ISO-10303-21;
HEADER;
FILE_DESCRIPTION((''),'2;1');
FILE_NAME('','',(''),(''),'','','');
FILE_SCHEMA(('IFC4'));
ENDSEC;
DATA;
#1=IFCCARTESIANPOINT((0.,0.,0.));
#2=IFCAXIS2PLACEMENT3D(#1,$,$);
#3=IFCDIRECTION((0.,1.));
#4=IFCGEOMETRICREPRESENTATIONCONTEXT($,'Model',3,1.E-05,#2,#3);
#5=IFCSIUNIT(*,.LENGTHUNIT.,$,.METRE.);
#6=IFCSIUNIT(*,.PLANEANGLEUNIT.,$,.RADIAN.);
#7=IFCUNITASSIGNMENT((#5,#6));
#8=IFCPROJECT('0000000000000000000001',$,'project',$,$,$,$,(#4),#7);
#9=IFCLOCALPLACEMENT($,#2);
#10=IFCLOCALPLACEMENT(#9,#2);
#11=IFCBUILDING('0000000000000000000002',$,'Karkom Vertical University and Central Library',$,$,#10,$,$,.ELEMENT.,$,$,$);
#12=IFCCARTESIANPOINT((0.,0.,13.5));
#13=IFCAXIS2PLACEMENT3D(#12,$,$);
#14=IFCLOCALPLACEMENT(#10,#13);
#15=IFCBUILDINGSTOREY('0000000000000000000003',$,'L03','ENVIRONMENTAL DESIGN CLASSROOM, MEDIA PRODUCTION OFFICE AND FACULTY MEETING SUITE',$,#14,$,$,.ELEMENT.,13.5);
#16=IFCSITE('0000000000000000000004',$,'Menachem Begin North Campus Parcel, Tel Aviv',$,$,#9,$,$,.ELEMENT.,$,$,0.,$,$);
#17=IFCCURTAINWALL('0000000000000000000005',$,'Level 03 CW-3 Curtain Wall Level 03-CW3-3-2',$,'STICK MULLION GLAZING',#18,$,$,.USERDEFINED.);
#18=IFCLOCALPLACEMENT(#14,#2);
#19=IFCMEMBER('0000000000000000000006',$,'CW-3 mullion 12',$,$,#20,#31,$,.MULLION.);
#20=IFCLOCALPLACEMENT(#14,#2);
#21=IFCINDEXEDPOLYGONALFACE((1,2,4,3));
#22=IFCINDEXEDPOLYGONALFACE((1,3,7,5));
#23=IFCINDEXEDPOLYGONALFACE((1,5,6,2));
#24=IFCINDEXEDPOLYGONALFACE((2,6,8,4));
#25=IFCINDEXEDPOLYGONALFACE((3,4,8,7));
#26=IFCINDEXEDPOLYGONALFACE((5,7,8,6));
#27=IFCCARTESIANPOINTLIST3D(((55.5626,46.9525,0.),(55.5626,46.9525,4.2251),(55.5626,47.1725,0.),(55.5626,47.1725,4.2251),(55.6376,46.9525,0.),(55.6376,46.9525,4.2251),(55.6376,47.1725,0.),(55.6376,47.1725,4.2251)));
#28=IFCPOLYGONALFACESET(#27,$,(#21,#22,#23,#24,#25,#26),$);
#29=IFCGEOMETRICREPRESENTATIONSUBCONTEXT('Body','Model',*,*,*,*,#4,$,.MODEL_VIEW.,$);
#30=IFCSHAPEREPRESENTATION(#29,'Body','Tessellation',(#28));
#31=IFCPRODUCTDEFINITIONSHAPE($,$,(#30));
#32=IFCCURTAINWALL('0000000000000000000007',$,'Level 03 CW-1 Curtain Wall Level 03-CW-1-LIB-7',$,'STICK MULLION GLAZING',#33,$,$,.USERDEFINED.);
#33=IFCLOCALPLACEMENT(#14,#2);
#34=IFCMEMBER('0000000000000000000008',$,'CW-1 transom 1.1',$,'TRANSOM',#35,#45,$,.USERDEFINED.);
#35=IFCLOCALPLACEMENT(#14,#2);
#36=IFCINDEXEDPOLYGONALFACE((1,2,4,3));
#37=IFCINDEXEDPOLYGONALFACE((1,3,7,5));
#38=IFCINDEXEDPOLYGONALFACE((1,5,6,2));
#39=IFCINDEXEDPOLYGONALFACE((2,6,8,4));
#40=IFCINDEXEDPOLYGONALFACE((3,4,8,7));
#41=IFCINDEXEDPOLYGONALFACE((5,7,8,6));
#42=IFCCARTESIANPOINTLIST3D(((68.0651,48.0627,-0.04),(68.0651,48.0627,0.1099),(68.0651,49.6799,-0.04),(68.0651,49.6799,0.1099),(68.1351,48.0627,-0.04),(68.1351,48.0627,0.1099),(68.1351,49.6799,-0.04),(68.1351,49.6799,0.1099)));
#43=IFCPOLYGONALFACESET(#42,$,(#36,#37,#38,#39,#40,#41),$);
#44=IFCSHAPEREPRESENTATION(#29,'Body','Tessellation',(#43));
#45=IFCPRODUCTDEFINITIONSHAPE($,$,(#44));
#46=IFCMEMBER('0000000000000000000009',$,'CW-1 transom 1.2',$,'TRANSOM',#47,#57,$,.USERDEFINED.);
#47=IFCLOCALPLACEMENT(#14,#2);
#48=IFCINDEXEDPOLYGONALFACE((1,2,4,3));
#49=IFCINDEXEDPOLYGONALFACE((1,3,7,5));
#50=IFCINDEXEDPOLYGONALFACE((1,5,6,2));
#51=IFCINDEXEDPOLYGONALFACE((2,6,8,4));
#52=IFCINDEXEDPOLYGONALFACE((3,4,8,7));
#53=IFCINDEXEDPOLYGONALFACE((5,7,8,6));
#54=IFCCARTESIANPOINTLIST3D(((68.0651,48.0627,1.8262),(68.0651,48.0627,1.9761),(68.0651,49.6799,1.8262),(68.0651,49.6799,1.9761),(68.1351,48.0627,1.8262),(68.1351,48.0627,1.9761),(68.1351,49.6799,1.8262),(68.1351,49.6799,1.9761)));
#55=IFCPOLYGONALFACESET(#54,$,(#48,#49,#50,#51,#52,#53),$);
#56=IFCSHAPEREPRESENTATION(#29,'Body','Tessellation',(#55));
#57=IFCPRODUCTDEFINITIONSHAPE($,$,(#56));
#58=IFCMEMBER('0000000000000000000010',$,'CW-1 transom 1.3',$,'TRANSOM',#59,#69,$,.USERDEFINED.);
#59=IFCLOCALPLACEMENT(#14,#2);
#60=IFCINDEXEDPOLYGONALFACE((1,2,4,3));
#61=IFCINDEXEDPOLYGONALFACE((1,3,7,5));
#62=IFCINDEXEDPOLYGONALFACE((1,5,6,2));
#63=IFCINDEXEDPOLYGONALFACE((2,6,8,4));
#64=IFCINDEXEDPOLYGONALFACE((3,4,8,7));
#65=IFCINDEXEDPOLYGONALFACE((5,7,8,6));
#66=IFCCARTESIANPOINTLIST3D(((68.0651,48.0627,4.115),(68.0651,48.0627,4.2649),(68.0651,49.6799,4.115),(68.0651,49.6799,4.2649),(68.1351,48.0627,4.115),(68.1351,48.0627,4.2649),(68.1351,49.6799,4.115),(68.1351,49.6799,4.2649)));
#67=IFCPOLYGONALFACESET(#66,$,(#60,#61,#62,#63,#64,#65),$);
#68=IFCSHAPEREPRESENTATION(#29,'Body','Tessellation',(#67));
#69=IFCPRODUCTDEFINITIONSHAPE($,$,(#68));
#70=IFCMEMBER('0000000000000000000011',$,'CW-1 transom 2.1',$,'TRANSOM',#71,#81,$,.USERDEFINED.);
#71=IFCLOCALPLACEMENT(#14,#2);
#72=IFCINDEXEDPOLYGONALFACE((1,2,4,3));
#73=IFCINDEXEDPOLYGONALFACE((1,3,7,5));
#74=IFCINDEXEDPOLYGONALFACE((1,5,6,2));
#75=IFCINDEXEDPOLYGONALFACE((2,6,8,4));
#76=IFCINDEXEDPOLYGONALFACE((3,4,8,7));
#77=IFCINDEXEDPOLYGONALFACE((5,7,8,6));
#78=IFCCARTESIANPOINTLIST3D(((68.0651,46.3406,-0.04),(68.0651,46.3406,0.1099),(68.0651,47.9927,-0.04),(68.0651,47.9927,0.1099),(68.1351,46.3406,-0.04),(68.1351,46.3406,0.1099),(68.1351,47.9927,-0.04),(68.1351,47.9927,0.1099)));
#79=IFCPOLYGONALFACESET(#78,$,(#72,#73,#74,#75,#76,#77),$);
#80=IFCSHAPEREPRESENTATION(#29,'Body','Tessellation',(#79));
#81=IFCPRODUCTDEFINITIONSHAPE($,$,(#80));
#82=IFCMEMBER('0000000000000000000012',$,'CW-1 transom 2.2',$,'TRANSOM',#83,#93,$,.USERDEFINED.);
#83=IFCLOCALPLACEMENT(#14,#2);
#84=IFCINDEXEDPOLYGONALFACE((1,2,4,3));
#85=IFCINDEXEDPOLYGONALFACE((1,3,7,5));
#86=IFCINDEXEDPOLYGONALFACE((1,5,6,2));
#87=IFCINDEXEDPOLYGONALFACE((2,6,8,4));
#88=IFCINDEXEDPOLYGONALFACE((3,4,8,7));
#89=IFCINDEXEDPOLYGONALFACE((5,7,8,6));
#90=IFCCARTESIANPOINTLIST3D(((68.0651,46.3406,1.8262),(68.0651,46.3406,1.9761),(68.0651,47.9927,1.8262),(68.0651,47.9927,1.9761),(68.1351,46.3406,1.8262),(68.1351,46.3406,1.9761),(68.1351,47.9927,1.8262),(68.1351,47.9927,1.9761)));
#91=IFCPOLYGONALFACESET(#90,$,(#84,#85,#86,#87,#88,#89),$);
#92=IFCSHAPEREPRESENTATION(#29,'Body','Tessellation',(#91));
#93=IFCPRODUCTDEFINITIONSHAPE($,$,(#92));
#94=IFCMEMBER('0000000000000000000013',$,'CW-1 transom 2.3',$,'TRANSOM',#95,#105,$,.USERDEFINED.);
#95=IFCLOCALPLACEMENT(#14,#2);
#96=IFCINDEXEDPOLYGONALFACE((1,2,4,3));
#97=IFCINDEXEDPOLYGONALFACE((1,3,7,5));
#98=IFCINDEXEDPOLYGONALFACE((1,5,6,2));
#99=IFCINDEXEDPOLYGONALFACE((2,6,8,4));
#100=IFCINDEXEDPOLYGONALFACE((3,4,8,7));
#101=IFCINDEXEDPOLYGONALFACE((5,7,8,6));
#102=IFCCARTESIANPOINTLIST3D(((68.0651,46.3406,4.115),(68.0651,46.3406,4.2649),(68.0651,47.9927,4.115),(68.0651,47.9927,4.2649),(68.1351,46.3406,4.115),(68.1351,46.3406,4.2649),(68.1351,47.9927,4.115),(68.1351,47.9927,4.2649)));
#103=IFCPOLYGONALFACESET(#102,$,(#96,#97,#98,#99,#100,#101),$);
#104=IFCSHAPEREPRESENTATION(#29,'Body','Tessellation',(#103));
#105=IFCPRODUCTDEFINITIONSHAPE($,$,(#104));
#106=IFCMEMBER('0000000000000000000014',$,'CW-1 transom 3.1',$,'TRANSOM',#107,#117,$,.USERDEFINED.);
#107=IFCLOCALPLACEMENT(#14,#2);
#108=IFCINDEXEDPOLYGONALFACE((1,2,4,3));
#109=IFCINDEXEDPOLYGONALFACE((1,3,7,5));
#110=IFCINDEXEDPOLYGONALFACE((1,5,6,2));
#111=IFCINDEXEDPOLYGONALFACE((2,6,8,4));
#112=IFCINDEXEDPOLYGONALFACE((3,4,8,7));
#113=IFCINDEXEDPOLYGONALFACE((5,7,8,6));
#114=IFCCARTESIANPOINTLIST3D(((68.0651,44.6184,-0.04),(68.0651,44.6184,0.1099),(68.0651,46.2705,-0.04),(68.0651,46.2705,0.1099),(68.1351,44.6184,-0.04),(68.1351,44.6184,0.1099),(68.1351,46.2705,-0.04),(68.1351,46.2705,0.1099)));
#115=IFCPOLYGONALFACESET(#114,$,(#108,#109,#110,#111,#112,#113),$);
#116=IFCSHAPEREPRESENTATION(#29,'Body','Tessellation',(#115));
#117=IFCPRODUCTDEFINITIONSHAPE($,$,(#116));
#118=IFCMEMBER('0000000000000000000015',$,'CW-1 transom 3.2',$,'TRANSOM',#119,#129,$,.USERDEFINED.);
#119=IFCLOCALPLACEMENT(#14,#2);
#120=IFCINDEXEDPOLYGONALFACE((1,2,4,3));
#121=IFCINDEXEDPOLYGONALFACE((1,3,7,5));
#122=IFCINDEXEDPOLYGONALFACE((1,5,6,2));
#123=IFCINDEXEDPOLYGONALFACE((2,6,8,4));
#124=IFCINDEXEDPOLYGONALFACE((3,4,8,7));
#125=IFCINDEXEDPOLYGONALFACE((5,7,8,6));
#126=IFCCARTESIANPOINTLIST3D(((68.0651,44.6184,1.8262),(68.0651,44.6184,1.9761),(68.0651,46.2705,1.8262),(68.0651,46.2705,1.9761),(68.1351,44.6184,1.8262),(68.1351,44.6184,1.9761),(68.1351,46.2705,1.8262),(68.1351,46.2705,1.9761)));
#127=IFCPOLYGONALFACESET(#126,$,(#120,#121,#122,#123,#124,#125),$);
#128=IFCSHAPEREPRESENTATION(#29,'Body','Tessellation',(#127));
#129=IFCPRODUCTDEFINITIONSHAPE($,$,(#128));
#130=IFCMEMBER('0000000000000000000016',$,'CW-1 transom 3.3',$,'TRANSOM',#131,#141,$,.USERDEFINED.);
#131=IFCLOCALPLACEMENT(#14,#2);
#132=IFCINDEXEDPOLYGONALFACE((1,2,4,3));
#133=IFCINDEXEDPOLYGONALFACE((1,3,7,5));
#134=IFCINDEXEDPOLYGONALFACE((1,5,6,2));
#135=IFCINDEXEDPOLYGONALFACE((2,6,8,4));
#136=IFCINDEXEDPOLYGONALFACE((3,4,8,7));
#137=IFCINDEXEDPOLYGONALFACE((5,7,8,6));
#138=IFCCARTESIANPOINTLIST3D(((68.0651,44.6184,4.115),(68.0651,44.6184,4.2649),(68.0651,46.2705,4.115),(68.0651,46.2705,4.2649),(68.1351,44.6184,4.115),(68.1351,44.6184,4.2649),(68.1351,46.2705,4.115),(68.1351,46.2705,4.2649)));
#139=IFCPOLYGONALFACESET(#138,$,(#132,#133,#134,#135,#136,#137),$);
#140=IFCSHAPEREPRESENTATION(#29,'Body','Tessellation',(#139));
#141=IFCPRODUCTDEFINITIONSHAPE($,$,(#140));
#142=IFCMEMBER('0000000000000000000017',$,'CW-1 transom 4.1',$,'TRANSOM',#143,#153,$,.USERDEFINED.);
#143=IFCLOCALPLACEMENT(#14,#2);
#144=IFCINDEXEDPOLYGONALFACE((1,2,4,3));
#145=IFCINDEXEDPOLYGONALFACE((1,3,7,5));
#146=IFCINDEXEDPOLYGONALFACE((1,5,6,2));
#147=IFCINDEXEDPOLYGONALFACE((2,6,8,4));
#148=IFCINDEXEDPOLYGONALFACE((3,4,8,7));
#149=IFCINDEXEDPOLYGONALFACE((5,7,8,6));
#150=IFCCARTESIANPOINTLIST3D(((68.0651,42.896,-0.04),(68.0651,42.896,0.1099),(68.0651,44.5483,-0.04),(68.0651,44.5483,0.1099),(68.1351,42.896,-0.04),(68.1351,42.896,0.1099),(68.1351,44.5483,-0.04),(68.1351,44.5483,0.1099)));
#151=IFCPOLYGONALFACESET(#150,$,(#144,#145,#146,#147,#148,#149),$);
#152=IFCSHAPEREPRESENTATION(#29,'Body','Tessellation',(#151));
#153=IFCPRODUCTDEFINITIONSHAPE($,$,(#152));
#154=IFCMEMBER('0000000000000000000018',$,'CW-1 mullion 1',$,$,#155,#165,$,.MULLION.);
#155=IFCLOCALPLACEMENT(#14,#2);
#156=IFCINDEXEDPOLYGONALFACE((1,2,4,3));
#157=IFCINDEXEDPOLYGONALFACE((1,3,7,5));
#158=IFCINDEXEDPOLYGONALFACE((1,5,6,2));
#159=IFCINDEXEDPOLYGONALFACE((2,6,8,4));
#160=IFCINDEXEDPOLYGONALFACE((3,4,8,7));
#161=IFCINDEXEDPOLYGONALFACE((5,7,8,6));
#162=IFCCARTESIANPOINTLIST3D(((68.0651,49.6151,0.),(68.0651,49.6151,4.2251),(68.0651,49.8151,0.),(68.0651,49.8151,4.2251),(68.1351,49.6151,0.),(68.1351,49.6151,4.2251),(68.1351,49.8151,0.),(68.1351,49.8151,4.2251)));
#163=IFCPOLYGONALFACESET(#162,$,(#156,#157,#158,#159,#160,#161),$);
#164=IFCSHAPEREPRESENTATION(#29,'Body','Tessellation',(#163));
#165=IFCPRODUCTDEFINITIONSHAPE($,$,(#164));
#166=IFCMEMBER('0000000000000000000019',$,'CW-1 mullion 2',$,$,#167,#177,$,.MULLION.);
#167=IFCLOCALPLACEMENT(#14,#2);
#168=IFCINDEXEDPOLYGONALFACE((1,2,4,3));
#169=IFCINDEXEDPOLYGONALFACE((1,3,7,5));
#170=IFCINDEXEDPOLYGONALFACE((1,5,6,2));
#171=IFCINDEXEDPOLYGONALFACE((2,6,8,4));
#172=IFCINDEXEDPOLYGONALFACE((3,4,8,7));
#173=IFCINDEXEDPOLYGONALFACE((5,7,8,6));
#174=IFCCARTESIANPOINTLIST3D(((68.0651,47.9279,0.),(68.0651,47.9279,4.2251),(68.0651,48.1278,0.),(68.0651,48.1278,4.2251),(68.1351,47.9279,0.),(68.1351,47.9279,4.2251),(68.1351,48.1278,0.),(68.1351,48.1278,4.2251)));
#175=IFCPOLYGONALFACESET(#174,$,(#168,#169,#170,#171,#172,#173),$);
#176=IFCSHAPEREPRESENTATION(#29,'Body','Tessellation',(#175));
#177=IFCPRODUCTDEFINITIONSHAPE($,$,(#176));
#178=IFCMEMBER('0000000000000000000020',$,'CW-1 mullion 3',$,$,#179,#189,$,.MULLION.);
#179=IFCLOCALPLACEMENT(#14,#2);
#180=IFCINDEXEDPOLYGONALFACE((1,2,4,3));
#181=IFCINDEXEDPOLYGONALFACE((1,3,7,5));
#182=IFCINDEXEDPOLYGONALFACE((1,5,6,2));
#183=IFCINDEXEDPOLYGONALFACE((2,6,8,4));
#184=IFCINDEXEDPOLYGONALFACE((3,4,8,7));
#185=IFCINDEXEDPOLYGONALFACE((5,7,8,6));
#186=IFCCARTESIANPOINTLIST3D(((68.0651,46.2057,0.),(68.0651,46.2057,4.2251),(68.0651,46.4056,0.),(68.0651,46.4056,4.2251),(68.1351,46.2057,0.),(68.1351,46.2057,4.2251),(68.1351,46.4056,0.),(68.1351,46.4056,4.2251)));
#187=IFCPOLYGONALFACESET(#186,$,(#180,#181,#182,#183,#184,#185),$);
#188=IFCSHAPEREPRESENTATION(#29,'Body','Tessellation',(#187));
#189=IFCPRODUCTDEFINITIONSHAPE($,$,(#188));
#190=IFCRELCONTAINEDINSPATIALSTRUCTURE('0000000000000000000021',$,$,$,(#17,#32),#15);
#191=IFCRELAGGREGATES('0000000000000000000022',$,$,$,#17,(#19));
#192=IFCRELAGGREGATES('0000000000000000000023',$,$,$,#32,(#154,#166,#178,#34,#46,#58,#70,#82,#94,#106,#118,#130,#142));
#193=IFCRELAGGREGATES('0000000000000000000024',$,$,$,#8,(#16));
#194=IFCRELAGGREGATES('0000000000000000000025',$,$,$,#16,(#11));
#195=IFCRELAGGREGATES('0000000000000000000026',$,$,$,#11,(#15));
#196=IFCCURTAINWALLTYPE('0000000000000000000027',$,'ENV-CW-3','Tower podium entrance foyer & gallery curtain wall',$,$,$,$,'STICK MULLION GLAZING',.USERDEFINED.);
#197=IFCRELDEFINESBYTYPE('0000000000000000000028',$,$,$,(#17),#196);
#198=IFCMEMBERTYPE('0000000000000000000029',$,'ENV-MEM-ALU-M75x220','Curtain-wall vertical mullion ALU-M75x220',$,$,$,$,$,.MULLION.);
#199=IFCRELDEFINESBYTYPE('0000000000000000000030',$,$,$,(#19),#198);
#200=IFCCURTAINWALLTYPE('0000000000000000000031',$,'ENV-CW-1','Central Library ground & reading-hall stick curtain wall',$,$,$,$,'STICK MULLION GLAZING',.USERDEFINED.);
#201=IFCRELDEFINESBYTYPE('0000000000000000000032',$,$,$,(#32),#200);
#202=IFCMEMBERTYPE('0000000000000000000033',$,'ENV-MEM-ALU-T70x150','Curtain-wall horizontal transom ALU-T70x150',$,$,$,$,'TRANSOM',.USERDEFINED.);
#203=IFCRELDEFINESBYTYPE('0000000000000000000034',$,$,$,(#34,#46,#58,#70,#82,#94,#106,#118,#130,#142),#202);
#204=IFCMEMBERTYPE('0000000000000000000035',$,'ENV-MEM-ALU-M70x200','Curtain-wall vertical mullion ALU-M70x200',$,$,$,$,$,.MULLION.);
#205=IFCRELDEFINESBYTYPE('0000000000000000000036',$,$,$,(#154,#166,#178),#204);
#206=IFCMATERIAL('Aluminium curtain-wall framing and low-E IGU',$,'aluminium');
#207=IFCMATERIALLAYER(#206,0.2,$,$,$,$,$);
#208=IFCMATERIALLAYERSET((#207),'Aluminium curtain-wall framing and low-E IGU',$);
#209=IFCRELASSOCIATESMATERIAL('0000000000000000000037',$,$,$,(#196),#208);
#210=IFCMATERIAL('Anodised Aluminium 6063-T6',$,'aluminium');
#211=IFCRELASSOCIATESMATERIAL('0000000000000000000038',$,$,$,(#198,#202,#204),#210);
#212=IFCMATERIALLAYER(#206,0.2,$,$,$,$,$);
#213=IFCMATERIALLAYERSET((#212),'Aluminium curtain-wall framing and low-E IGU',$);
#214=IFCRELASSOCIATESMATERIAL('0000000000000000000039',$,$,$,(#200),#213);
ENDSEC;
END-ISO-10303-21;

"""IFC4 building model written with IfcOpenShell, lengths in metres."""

from ifc_helpers import new_model, si_unit, direction, frame, origin, origin_with_axes, origin_2d, place, context, subcontext, project, spatial, rectangle, extrude, source, transform, mapped, material, layer, layer_set, material_profile, profile_set, type_object, element, aggregate, save


model = new_model("IFC4")

# Units and contexts
model_context = context("Model", 3, precision=1e-05, world=origin(), true_north=direction((0.0, 1.0)))
body_context = subcontext(model_context, "Body", "Model", "MODEL_VIEW")
ifc_project = project(units=[si_unit("LENGTHUNIT", "METRE"), si_unit("PLANEANGLEUNIT", "RADIAN")], contexts=[model_context])

# Site, building, storey
site_placement = place(None, origin())
site = spatial("IfcSite", under=ifc_project, at=site_placement, Name="Menachem Begin North Campus Parcel, Tel Aviv", CompositionType="ELEMENT", RefElevation=0.0)
building_placement = place(site_placement, origin())
building = spatial("IfcBuilding", under=site, at=building_placement, Name="Karkom Vertical University and Central Library", CompositionType="ELEMENT")
storey_placement = place(building_placement, frame((0.0, 0.0, 13.5)))
storey = spatial("IfcBuildingStorey", under=building, at=storey_placement, Name="L03", Description="ENVIRONMENTAL DESIGN CLASSROOM, MEDIA PRODUCTION OFFICE AND FACULTY MEETING SUITE", CompositionType="ELEMENT", Elevation=13.5)

# Curtain wall, member
ifc_material_1 = material(Name="Aluminium curtain-wall framing and low-E IGU", Category="aluminium")
ifc_layer_1 = layer(ifc_material_1, 0.2)
ifc_layer_set_1 = layer_set([ifc_layer_1], Name="Aluminium curtain-wall framing and low-E IGU")
curtain_wall_type_1 = type_object("IfcCurtainWallType", Name="ENV-CW-3", Description="Tower podium entrance foyer & gallery curtain wall", ElementType="STICK MULLION GLAZING", PredefinedType="USERDEFINED", material=ifc_layer_set_1)
curtain_wall_1_placement = place(storey_placement, origin())
curtain_wall_1 = element("IfcCurtainWall", 1, at=curtain_wall_1_placement, inside=storey, type_object=curtain_wall_type_1, Name="Level 03 CW-3 Curtain Wall Level 03-CW3-3-2", ObjectType="STICK MULLION GLAZING", PredefinedType="USERDEFINED")
ifc_material_2 = material(Name="Anodised Aluminium 6063-T6", Category="aluminium")
ifc_material_profile_1 = material_profile(ifc_material_2, rectangle(XDim=0.075, YDim=0.22, at=origin_2d()), Name="ALU-M75x220")
ifc_profile_set_1 = profile_set([ifc_material_profile_1], Name="Anodised Aluminium 6063-T6")
member_type_1 = type_object("IfcMemberType", Name="ENV-MEM-ALU-M75x220", Description="Curtain-wall vertical mullion ALU-M75x220", PredefinedType="MULLION", material=ifc_profile_set_1)
shared_shape_1 = source(origin_with_axes(), body_context, "Body", "SweptSolid", [
    extrude(rectangle(XDim=0.075, YDim=0.22, at=origin_2d()), origin(), (0.0, 0.0, 1.0), 4.2251),
])
member_1_placement = place(storey_placement, frame((55.6001, 47.0625, 0.0), z_axis=(0.0, 0.0, 1.0), x_axis=(-1.0, 0.0, 0.0)))
member_1 = element("IfcMember", 2, at=member_1_placement, type_object=member_type_1, Name="CW-3 mullion 12", PredefinedType="MULLION", context=body_context, shape_type="MappedRepresentation", body=[
    mapped(shared_shape_1, transform((0.0, 0.0, 0.0), scale=1.0)),
])

# Curtain wall, members
ifc_layer_2 = layer(ifc_material_1, 0.2)
ifc_layer_set_2 = layer_set([ifc_layer_2], Name="Aluminium curtain-wall framing and low-E IGU")
curtain_wall_type_2 = type_object("IfcCurtainWallType", Name="ENV-CW-1", Description="Central Library ground & reading-hall stick curtain wall", ElementType="STICK MULLION GLAZING", PredefinedType="USERDEFINED", material=ifc_layer_set_2)
curtain_wall_2_placement = place(storey_placement, origin())
curtain_wall_2 = element("IfcCurtainWall", 3, at=curtain_wall_2_placement, inside=storey, type_object=curtain_wall_type_2, Name="Level 03 CW-1 Curtain Wall Level 03-CW-1-LIB-7", ObjectType="STICK MULLION GLAZING", PredefinedType="USERDEFINED")
ifc_material_profile_2 = material_profile(ifc_material_2, rectangle(XDim=0.0701, YDim=0.1499, at=origin_2d()), Name="ALU-T70x150")
ifc_profile_set_2 = profile_set([ifc_material_profile_2], Name="Anodised Aluminium 6063-T6")
member_type_2 = type_object("IfcMemberType", Name="ENV-MEM-ALU-T70x150", Description="Curtain-wall horizontal transom ALU-T70x150", ElementType="TRANSOM", PredefinedType="USERDEFINED", material=ifc_profile_set_2)
shared_shape_2 = source(origin_with_axes(), body_context, "Body", "SweptSolid", [
    extrude(rectangle(XDim=0.0701, YDim=0.1499, at=origin_2d()), origin(), (0.0, 0.0, 1.0), 1.6172),
])
member_2_placement = place(storey_placement, frame((68.1001, 49.6799, 0.0349), z_axis=(0.0, -1.0, 0.0), x_axis=(1.0, 0.0, 0.0)))
member_2 = element("IfcMember", 4, at=member_2_placement, type_object=member_type_2, Name="CW-1 transom 1.1", ObjectType="TRANSOM", PredefinedType="USERDEFINED", context=body_context, shape_type="MappedRepresentation", body=[
    mapped(shared_shape_2, transform((0.0, 0.0, 0.0), scale=1.0)),
])
member_3_placement = place(storey_placement, frame((68.1001, 49.6799, 1.9011), z_axis=(0.0, -1.0, 0.0), x_axis=(1.0, 0.0, 0.0)))
member_3 = element("IfcMember", 5, at=member_3_placement, type_object=member_type_2, Name="CW-1 transom 1.2", ObjectType="TRANSOM", PredefinedType="USERDEFINED", context=body_context, shape_type="MappedRepresentation", body=[
    mapped(shared_shape_2, transform((0.0, 0.0, 0.0), scale=1.0)),
])
member_4_placement = place(storey_placement, frame((68.1001, 49.6799, 4.1899), z_axis=(0.0, -1.0, 0.0), x_axis=(1.0, 0.0, 0.0)))
member_4 = element("IfcMember", 6, at=member_4_placement, type_object=member_type_2, Name="CW-1 transom 1.3", ObjectType="TRANSOM", PredefinedType="USERDEFINED", context=body_context, shape_type="MappedRepresentation", body=[
    mapped(shared_shape_2, transform((0.0, 0.0, 0.0), scale=1.0)),
])
shared_shape_3 = source(origin_with_axes(), body_context, "Body", "SweptSolid", [
    extrude(rectangle(XDim=0.0701, YDim=0.1499, at=origin_2d()), origin(), (0.0, 0.0, 1.0), 1.6521),
])
member_5_placement = place(storey_placement, frame((68.1001, 47.9927, 0.0349), z_axis=(0.0, -1.0, 0.0), x_axis=(1.0, 0.0, 0.0)))
member_5 = element("IfcMember", 7, at=member_5_placement, type_object=member_type_2, Name="CW-1 transom 2.1", ObjectType="TRANSOM", PredefinedType="USERDEFINED", context=body_context, shape_type="MappedRepresentation", body=[
    mapped(shared_shape_3, transform((0.0, 0.0, 0.0), scale=1.0)),
])
member_6_placement = place(storey_placement, frame((68.1001, 47.9927, 1.9011), z_axis=(0.0, -1.0, 0.0), x_axis=(1.0, 0.0, 0.0)))
member_6 = element("IfcMember", 8, at=member_6_placement, type_object=member_type_2, Name="CW-1 transom 2.2", ObjectType="TRANSOM", PredefinedType="USERDEFINED", context=body_context, shape_type="MappedRepresentation", body=[
    mapped(shared_shape_3, transform((0.0, 0.0, 0.0), scale=1.0)),
])
member_7_placement = place(storey_placement, frame((68.1001, 47.9927, 4.1899), z_axis=(0.0, -1.0, 0.0), x_axis=(1.0, 0.0, 0.0)))
member_7 = element("IfcMember", 9, at=member_7_placement, type_object=member_type_2, Name="CW-1 transom 2.3", ObjectType="TRANSOM", PredefinedType="USERDEFINED", context=body_context, shape_type="MappedRepresentation", body=[
    mapped(shared_shape_3, transform((0.0, 0.0, 0.0), scale=1.0)),
])
member_8_placement = place(storey_placement, frame((68.1001, 46.2705, 0.0349), z_axis=(0.0, -1.0, 0.0), x_axis=(1.0, 0.0, 0.0)))
member_8 = element("IfcMember", 10, at=member_8_placement, type_object=member_type_2, Name="CW-1 transom 3.1", ObjectType="TRANSOM", PredefinedType="USERDEFINED", context=body_context, shape_type="MappedRepresentation", body=[
    mapped(shared_shape_3, transform((0.0, 0.0, 0.0), scale=1.0)),
])
member_9_placement = place(storey_placement, frame((68.1001, 46.2705, 1.9011), z_axis=(0.0, -1.0, 0.0), x_axis=(1.0, 0.0, 0.0)))
member_9 = element("IfcMember", 11, at=member_9_placement, type_object=member_type_2, Name="CW-1 transom 3.2", ObjectType="TRANSOM", PredefinedType="USERDEFINED", context=body_context, shape_type="MappedRepresentation", body=[
    mapped(shared_shape_3, transform((0.0, 0.0, 0.0), scale=1.0)),
])
member_10_placement = place(storey_placement, frame((68.1001, 46.2705, 4.1899), z_axis=(0.0, -1.0, 0.0), x_axis=(1.0, 0.0, 0.0)))
member_10 = element("IfcMember", 12, at=member_10_placement, type_object=member_type_2, Name="CW-1 transom 3.3", ObjectType="TRANSOM", PredefinedType="USERDEFINED", context=body_context, shape_type="MappedRepresentation", body=[
    mapped(shared_shape_3, transform((0.0, 0.0, 0.0), scale=1.0)),
])
shared_shape_4 = source(origin_with_axes(), body_context, "Body", "SweptSolid", [
    extrude(rectangle(XDim=0.0701, YDim=0.1499, at=origin_2d()), origin(), (0.0, 0.0, 1.0), 1.6523),
])
member_11_placement = place(storey_placement, frame((68.1001, 44.5483, 0.0349), z_axis=(0.0, -1.0, 0.0), x_axis=(1.0, 0.0, 0.0)))
member_11 = element("IfcMember", 13, at=member_11_placement, type_object=member_type_2, Name="CW-1 transom 4.1", ObjectType="TRANSOM", PredefinedType="USERDEFINED", context=body_context, shape_type="MappedRepresentation", body=[
    mapped(shared_shape_4, transform((0.0, 0.0, 0.0), scale=1.0)),
])
ifc_material_profile_3 = material_profile(ifc_material_2, rectangle(XDim=0.0701, YDim=0.2, at=origin_2d()), Name="ALU-M70x200")
ifc_profile_set_3 = profile_set([ifc_material_profile_3], Name="Anodised Aluminium 6063-T6")
member_type_3 = type_object("IfcMemberType", Name="ENV-MEM-ALU-M70x200", Description="Curtain-wall vertical mullion ALU-M70x200", PredefinedType="MULLION", material=ifc_profile_set_3)
shared_shape_5 = source(origin_with_axes(), body_context, "Body", "SweptSolid", [
    extrude(rectangle(XDim=0.0701, YDim=0.2, at=origin_2d()), origin(), (0.0, 0.0, 1.0), 4.2251),
])
member_12_placement = place(storey_placement, frame((68.1001, 49.7151, 0.0), z_axis=(0.0, 0.0, 1.0), x_axis=(1.0, 0.0, 0.0)))
member_12 = element("IfcMember", 14, at=member_12_placement, type_object=member_type_3, Name="CW-1 mullion 1", PredefinedType="MULLION", context=body_context, shape_type="MappedRepresentation", body=[
    mapped(shared_shape_5, transform((0.0, 0.0, 0.0), scale=1.0)),
])
member_13_placement = place(storey_placement, frame((68.1001, 48.0278, 0.0), z_axis=(0.0, 0.0, 1.0), x_axis=(1.0, 0.0, 0.0)))
member_13 = element("IfcMember", 15, at=member_13_placement, type_object=member_type_3, Name="CW-1 mullion 2", PredefinedType="MULLION", context=body_context, shape_type="MappedRepresentation", body=[
    mapped(shared_shape_5, transform((0.0, 0.0, 0.0), scale=1.0)),
])
member_14_placement = place(storey_placement, frame((68.1001, 46.3057, 0.0), z_axis=(0.0, 0.0, 1.0), x_axis=(1.0, 0.0, 0.0)))
member_14 = element("IfcMember", 16, at=member_14_placement, type_object=member_type_3, Name="CW-1 mullion 3", PredefinedType="MULLION", context=body_context, shape_type="MappedRepresentation", body=[
    mapped(shared_shape_5, transform((0.0, 0.0, 0.0), scale=1.0)),
])

aggregate(curtain_wall_1, [member_1])
aggregate(curtain_wall_2, [member_12, member_13, member_14, member_2, member_3, member_4, member_5, member_6, member_7, member_8, member_9, member_10, member_11])

save(model, "model.ifc")
